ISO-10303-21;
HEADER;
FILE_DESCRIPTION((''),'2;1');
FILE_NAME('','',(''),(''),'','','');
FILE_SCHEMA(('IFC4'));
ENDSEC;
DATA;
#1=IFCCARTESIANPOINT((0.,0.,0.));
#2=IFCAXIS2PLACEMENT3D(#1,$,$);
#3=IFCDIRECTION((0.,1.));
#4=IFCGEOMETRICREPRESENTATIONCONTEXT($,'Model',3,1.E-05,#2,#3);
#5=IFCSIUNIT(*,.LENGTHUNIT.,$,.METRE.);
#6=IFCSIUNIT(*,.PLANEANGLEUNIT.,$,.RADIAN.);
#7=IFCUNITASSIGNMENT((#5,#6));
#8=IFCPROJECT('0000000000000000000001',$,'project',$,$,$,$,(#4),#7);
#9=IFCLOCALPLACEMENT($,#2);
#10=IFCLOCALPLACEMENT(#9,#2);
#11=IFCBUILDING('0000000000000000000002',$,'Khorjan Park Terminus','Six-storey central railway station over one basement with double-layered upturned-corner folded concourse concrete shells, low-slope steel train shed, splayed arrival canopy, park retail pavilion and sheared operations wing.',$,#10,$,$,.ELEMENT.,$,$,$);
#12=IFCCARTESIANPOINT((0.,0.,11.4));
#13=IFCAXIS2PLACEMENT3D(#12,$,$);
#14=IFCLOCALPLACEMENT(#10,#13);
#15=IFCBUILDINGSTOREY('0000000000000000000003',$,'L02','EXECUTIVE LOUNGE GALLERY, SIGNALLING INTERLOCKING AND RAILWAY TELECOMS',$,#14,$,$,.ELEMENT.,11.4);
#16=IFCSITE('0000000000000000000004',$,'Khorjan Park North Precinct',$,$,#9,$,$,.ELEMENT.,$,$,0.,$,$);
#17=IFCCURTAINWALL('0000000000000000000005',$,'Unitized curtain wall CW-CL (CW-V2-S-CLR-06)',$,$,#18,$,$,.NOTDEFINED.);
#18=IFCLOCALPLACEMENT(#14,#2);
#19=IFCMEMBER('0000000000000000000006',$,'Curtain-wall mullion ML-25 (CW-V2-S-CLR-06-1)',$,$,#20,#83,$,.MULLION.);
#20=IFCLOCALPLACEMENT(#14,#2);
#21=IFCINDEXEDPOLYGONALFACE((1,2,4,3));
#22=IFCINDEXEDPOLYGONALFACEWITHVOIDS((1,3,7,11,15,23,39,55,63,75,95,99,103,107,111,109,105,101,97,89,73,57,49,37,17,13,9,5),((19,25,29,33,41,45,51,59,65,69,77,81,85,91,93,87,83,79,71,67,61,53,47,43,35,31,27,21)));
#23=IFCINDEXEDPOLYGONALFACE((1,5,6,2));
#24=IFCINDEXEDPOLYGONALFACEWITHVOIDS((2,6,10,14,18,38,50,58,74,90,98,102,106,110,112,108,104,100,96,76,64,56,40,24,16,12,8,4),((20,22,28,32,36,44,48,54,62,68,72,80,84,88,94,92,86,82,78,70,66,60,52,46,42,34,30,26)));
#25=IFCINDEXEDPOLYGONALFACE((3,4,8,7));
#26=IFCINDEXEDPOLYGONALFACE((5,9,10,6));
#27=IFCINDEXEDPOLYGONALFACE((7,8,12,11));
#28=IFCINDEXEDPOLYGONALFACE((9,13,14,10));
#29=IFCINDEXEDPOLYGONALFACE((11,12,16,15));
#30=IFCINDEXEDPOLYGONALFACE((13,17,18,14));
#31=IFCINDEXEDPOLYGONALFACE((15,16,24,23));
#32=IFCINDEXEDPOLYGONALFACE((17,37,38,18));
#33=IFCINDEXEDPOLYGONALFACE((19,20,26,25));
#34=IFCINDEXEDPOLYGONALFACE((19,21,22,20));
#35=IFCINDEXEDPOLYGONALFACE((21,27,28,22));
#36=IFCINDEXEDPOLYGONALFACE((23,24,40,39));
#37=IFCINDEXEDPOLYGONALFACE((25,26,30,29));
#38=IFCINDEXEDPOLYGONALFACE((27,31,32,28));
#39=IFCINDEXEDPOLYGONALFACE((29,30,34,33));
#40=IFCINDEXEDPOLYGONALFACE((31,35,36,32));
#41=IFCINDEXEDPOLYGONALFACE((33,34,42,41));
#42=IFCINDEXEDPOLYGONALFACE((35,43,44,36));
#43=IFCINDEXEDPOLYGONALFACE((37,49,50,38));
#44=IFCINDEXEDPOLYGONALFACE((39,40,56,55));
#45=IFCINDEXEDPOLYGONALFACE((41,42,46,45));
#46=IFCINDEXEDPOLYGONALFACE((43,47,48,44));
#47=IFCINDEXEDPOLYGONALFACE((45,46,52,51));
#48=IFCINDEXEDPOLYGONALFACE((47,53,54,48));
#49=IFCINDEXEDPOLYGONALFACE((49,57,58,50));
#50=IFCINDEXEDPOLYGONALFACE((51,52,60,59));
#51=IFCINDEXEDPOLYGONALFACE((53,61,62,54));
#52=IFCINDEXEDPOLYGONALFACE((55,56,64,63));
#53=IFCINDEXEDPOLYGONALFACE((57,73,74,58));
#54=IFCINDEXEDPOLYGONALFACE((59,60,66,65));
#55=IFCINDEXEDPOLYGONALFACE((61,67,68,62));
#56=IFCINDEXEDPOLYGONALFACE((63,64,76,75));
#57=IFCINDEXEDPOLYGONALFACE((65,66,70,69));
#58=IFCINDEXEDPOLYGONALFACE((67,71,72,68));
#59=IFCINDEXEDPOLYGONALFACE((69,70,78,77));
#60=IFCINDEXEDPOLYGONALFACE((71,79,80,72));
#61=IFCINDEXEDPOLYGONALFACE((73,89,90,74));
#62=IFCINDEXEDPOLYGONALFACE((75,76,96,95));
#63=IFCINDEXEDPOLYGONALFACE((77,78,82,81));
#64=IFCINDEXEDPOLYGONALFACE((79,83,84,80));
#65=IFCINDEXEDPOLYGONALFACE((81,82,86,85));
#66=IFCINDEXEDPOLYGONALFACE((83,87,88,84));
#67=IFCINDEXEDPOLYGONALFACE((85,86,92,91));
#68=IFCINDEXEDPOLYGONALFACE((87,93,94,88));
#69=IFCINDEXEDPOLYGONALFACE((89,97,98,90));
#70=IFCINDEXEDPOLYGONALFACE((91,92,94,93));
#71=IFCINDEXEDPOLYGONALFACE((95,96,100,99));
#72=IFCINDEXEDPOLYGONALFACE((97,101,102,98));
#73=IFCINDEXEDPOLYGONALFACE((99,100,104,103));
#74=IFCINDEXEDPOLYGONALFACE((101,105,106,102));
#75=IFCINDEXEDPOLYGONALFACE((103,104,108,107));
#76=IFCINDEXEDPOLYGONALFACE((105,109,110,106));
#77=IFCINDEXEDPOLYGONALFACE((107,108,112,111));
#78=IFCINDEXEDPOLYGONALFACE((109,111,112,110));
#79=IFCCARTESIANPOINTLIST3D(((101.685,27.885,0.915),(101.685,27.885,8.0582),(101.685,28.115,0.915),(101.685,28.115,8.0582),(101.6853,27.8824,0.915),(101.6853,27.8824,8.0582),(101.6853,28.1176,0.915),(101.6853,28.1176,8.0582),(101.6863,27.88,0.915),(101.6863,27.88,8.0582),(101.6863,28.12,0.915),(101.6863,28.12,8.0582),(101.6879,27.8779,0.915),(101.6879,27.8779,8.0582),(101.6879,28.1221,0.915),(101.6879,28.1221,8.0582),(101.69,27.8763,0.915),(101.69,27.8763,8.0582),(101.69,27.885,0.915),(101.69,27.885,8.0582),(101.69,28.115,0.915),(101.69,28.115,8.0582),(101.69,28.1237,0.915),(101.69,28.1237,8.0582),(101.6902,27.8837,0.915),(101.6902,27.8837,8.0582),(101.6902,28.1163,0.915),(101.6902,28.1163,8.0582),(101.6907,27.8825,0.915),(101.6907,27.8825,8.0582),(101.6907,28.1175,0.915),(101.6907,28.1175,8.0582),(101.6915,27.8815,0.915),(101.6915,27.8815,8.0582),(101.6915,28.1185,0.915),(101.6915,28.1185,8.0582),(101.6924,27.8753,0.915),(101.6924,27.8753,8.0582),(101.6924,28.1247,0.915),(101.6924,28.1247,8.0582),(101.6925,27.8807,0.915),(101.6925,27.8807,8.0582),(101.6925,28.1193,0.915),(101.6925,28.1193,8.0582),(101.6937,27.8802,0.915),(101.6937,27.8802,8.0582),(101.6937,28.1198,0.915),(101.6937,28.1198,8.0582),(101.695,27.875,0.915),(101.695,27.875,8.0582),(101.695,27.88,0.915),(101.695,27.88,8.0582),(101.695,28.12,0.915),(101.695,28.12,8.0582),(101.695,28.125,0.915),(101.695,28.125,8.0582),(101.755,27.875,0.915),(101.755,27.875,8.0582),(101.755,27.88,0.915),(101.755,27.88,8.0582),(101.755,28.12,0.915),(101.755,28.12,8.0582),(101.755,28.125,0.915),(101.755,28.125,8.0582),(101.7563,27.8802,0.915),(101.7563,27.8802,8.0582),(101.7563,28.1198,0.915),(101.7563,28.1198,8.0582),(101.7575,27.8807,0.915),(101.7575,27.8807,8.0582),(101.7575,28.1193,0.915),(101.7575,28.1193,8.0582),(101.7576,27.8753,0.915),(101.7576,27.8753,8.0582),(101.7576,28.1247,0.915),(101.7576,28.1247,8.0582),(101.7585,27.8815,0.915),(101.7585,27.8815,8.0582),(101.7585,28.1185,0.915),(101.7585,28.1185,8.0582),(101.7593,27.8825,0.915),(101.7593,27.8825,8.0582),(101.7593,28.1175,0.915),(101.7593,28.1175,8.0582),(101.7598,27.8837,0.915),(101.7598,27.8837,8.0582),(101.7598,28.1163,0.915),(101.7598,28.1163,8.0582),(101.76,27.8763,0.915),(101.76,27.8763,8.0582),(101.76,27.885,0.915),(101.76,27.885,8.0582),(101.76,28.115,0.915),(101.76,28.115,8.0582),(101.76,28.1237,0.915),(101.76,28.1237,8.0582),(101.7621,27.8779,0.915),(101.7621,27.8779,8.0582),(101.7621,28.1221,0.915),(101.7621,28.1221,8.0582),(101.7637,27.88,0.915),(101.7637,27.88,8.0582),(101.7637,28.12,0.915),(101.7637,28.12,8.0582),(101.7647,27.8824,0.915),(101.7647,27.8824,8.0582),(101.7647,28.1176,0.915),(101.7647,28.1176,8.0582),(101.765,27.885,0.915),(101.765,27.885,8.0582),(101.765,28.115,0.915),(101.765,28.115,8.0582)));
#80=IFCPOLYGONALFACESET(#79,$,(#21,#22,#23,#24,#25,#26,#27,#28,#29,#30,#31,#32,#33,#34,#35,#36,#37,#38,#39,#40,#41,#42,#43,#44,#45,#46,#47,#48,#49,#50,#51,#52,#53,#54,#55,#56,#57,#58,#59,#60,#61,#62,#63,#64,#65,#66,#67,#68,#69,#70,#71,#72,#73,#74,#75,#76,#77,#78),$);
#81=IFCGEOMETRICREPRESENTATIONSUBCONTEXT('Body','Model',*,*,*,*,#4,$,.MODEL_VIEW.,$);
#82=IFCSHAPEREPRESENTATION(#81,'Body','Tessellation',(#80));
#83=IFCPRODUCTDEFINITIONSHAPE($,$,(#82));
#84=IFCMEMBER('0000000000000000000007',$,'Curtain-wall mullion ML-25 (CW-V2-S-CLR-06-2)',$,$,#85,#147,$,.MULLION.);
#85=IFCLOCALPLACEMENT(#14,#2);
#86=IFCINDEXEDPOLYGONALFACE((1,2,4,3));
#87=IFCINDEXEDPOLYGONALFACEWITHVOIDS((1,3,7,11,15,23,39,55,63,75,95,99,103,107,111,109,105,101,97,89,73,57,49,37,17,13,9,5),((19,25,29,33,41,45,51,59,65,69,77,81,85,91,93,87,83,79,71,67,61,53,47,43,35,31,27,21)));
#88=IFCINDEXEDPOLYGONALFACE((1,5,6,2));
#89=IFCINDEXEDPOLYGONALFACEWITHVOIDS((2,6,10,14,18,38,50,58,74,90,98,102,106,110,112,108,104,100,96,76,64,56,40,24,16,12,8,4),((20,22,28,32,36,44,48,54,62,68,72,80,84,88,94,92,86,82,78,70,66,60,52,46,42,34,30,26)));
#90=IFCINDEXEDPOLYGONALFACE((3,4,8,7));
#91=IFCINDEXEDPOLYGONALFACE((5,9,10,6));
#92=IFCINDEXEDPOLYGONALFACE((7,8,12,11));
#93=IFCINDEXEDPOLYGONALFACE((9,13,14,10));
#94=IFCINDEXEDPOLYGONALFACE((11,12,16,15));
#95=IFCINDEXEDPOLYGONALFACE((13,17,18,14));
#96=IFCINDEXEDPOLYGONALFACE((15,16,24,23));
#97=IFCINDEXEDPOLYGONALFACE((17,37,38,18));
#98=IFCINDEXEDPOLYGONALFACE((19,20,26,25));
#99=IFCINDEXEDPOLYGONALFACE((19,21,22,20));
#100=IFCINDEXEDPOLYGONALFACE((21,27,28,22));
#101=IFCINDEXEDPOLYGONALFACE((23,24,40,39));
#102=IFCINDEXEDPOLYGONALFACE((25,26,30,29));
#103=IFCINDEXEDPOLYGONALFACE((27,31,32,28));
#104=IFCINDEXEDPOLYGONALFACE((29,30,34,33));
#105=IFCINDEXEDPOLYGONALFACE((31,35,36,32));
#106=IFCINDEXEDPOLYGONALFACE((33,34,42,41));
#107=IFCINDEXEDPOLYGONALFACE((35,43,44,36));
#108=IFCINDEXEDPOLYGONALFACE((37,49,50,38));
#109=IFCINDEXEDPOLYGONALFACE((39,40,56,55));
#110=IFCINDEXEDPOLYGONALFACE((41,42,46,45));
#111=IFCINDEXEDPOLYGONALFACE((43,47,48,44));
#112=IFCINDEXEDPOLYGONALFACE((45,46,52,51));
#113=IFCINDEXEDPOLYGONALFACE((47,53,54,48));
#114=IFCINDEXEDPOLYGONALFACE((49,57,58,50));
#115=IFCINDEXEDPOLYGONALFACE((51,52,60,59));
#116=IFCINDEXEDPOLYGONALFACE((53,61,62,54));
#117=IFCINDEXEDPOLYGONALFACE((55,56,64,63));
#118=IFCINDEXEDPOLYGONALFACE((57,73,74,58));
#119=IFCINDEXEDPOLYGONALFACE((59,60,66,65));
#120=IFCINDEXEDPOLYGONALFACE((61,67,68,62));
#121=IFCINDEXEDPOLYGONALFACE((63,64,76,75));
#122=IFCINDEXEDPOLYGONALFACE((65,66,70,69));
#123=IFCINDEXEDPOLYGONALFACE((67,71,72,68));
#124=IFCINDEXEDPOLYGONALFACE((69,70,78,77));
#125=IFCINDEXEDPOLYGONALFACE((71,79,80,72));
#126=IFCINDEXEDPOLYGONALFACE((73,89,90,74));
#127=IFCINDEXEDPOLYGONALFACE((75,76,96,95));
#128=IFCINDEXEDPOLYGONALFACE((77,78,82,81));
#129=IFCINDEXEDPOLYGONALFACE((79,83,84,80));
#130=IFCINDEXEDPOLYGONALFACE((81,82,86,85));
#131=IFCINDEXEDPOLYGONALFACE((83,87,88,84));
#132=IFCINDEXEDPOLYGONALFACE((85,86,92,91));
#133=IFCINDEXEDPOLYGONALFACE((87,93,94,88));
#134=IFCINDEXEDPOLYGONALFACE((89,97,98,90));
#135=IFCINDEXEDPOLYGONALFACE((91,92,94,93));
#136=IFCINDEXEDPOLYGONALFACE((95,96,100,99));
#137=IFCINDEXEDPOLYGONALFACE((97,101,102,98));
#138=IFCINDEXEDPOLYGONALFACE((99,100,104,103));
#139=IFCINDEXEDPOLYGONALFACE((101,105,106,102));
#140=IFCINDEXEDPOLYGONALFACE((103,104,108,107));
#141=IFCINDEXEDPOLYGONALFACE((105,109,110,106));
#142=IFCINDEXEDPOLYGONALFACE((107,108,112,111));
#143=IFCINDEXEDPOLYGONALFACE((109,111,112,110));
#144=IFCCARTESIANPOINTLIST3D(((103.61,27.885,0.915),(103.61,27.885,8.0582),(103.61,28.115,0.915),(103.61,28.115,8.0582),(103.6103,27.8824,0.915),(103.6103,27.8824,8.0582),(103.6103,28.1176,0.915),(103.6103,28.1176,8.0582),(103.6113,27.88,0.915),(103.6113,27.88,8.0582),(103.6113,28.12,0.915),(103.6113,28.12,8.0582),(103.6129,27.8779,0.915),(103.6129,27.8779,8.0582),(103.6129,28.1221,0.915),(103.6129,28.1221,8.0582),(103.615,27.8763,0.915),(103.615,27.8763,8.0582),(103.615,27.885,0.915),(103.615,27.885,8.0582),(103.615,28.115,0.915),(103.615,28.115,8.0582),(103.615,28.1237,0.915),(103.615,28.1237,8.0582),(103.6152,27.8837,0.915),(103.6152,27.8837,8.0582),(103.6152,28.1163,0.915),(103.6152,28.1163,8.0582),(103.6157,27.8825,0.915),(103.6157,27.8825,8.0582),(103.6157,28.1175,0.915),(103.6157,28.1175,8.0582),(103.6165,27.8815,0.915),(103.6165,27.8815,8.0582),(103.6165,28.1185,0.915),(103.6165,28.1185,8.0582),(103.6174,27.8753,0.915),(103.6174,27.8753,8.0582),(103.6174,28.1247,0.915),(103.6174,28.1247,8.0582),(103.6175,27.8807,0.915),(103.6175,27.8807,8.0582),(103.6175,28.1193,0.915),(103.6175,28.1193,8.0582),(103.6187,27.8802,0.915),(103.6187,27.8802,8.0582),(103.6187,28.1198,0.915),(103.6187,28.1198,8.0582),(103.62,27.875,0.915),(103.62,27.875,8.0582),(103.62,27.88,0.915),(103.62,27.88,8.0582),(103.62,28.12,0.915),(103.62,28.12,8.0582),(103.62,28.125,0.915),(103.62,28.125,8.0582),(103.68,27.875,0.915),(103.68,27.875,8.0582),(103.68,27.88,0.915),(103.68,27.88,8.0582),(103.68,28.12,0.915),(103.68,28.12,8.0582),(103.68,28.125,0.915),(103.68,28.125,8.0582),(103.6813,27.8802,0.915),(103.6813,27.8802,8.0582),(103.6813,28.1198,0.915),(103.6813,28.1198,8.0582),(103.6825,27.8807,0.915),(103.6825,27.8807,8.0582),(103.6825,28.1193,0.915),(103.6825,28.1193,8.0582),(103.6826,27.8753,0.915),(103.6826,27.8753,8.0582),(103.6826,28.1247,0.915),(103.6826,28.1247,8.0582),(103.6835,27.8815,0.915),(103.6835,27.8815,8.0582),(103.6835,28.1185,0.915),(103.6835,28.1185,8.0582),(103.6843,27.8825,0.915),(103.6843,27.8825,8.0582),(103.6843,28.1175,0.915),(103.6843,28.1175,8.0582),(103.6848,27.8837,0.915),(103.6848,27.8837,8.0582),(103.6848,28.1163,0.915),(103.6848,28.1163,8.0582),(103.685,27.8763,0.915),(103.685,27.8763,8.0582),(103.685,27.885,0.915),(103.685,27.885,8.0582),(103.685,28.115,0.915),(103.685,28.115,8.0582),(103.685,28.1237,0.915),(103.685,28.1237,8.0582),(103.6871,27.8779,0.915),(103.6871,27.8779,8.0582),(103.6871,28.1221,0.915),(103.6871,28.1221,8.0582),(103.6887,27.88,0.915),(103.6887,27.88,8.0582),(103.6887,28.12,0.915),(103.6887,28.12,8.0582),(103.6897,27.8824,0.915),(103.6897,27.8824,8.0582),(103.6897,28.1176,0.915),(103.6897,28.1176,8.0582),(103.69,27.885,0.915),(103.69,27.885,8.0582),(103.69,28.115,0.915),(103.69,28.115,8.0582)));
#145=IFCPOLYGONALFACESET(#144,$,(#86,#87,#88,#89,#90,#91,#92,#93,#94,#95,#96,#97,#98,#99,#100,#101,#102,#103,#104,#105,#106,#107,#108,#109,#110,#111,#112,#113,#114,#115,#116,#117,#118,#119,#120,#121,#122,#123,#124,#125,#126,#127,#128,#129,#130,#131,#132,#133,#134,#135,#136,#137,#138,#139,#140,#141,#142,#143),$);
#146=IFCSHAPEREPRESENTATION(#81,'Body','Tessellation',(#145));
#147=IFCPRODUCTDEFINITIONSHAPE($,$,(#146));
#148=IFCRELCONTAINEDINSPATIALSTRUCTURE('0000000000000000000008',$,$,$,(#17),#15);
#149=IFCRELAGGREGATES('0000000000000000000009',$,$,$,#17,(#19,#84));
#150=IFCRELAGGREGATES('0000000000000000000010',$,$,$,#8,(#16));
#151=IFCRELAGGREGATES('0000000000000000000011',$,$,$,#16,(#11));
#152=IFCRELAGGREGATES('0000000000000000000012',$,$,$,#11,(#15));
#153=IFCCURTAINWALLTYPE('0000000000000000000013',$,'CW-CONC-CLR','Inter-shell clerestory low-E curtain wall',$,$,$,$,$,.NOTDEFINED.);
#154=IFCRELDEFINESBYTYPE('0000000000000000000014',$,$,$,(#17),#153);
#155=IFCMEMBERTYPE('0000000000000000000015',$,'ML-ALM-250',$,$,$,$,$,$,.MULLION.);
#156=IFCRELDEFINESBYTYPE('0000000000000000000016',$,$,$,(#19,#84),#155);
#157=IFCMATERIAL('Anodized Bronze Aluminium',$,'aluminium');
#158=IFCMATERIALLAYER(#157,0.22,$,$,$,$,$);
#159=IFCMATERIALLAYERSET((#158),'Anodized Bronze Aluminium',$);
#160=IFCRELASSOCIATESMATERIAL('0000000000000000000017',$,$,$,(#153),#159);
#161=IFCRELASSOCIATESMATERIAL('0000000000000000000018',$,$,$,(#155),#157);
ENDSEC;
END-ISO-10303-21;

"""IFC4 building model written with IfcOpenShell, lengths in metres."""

from ifc_helpers import new_model, si_unit, direction, frame, origin, origin_2d, place, context, subcontext, project, spatial, hollow_rectangle, extrude, material, layer, layer_set, material_profile, profile_set, type_object, element, aggregate, save


model = new_model("IFC4")

# Units and contexts
model_context = context("Model", 3, precision=1e-05, world=origin(), true_north=direction((0.0, 1.0)))
body_context = subcontext(model_context, "Body", "Model", "MODEL_VIEW")
ifc_project = project(units=[si_unit("LENGTHUNIT", "METRE"), si_unit("PLANEANGLEUNIT", "RADIAN")], contexts=[model_context])

# Site, building, storey
site_placement = place(None, origin())
site = spatial("IfcSite", under=ifc_project, at=site_placement, Name="Khorjan Park North Precinct", CompositionType="ELEMENT", RefElevation=0.0)
building_placement = place(site_placement, origin())
building = spatial("IfcBuilding", under=site, at=building_placement, Name="Khorjan Park Terminus", Description="Six-storey central railway station over one basement with double-layered upturned-corner folded concourse concrete shells, low-slope steel train shed, splayed arrival canopy, park retail pavilion and sheared operations wing.", CompositionType="ELEMENT")
storey_placement = place(building_placement, frame((0.0, 0.0, 11.4)))
storey = spatial("IfcBuildingStorey", under=building, at=storey_placement, Name="L02", Description="EXECUTIVE LOUNGE GALLERY, SIGNALLING INTERLOCKING AND RAILWAY TELECOMS", CompositionType="ELEMENT", Elevation=11.4)

# Curtain wall, members
ifc_material_1 = material(Name="Anodized Bronze Aluminium", Category="aluminium")
ifc_layer_1 = layer(ifc_material_1, 0.22)
ifc_layer_set_1 = layer_set([ifc_layer_1], Name="Anodized Bronze Aluminium")
curtain_wall_type = type_object("IfcCurtainWallType", Name="CW-CONC-CLR", Description="Inter-shell clerestory low-E curtain wall", PredefinedType="NOTDEFINED", material=ifc_layer_set_1)
ifc_material_profile_1 = material_profile(ifc_material_1, hollow_rectangle(XDim=0.08, YDim=0.25, WallThickness=0.005, InnerFilletRadius=0.005, OuterFilletRadius=0.01, at=origin_2d()), Name="ALM 80x250x5")
ifc_profile_set_1 = profile_set([ifc_material_profile_1], Name="Anodized Bronze Aluminium")
member_type_1 = type_object("IfcMemberType", Name="ML-ALM-250", PredefinedType="MULLION", material=ifc_profile_set_1)
curtain_wall_1_placement = place(storey_placement, origin())
curtain_wall_1 = element("IfcCurtainWall", 1, at=curtain_wall_1_placement, inside=storey, type_object=curtain_wall_type, Name="Unitized curtain wall CW-CL (CW-V2-S-CLR-06)", PredefinedType="NOTDEFINED")
member_1_placement = place(storey_placement, frame((101.725, 28.0, 0.915), z_axis=(0.0, 0.0, 1.0), x_axis=(1.0, 0.0, 0.0)))
member_1 = element("IfcMember", 2, at=member_1_placement, type_object=member_type_1, Name="Curtain-wall mullion ML-25 (CW-V2-S-CLR-06-1)", PredefinedType="MULLION", context=body_context, shape_type="SweptSolid", body=[
    extrude(hollow_rectangle(XDim=0.08, YDim=0.25, WallThickness=0.005, InnerFilletRadius=0.005, OuterFilletRadius=0.01, at=origin_2d()), origin(), (0.0, 0.0, 1.0), 7.1432),
])
member_2_placement = place(storey_placement, frame((103.65, 28.0, 0.915), z_axis=(0.0, 0.0, 1.0), x_axis=(1.0, 0.0, 0.0)))
member_2 = element("IfcMember", 3, at=member_2_placement, type_object=member_type_1, Name="Curtain-wall mullion ML-25 (CW-V2-S-CLR-06-2)", PredefinedType="MULLION", context=body_context, shape_type="SweptSolid", body=[
    extrude(hollow_rectangle(XDim=0.08, YDim=0.25, WallThickness=0.005, InnerFilletRadius=0.005, OuterFilletRadius=0.01, at=origin_2d()), origin(), (0.0, 0.0, 1.0), 7.1432),
])

aggregate(curtain_wall_1, [member_1, member_2])

save(model, "model.ifc")
